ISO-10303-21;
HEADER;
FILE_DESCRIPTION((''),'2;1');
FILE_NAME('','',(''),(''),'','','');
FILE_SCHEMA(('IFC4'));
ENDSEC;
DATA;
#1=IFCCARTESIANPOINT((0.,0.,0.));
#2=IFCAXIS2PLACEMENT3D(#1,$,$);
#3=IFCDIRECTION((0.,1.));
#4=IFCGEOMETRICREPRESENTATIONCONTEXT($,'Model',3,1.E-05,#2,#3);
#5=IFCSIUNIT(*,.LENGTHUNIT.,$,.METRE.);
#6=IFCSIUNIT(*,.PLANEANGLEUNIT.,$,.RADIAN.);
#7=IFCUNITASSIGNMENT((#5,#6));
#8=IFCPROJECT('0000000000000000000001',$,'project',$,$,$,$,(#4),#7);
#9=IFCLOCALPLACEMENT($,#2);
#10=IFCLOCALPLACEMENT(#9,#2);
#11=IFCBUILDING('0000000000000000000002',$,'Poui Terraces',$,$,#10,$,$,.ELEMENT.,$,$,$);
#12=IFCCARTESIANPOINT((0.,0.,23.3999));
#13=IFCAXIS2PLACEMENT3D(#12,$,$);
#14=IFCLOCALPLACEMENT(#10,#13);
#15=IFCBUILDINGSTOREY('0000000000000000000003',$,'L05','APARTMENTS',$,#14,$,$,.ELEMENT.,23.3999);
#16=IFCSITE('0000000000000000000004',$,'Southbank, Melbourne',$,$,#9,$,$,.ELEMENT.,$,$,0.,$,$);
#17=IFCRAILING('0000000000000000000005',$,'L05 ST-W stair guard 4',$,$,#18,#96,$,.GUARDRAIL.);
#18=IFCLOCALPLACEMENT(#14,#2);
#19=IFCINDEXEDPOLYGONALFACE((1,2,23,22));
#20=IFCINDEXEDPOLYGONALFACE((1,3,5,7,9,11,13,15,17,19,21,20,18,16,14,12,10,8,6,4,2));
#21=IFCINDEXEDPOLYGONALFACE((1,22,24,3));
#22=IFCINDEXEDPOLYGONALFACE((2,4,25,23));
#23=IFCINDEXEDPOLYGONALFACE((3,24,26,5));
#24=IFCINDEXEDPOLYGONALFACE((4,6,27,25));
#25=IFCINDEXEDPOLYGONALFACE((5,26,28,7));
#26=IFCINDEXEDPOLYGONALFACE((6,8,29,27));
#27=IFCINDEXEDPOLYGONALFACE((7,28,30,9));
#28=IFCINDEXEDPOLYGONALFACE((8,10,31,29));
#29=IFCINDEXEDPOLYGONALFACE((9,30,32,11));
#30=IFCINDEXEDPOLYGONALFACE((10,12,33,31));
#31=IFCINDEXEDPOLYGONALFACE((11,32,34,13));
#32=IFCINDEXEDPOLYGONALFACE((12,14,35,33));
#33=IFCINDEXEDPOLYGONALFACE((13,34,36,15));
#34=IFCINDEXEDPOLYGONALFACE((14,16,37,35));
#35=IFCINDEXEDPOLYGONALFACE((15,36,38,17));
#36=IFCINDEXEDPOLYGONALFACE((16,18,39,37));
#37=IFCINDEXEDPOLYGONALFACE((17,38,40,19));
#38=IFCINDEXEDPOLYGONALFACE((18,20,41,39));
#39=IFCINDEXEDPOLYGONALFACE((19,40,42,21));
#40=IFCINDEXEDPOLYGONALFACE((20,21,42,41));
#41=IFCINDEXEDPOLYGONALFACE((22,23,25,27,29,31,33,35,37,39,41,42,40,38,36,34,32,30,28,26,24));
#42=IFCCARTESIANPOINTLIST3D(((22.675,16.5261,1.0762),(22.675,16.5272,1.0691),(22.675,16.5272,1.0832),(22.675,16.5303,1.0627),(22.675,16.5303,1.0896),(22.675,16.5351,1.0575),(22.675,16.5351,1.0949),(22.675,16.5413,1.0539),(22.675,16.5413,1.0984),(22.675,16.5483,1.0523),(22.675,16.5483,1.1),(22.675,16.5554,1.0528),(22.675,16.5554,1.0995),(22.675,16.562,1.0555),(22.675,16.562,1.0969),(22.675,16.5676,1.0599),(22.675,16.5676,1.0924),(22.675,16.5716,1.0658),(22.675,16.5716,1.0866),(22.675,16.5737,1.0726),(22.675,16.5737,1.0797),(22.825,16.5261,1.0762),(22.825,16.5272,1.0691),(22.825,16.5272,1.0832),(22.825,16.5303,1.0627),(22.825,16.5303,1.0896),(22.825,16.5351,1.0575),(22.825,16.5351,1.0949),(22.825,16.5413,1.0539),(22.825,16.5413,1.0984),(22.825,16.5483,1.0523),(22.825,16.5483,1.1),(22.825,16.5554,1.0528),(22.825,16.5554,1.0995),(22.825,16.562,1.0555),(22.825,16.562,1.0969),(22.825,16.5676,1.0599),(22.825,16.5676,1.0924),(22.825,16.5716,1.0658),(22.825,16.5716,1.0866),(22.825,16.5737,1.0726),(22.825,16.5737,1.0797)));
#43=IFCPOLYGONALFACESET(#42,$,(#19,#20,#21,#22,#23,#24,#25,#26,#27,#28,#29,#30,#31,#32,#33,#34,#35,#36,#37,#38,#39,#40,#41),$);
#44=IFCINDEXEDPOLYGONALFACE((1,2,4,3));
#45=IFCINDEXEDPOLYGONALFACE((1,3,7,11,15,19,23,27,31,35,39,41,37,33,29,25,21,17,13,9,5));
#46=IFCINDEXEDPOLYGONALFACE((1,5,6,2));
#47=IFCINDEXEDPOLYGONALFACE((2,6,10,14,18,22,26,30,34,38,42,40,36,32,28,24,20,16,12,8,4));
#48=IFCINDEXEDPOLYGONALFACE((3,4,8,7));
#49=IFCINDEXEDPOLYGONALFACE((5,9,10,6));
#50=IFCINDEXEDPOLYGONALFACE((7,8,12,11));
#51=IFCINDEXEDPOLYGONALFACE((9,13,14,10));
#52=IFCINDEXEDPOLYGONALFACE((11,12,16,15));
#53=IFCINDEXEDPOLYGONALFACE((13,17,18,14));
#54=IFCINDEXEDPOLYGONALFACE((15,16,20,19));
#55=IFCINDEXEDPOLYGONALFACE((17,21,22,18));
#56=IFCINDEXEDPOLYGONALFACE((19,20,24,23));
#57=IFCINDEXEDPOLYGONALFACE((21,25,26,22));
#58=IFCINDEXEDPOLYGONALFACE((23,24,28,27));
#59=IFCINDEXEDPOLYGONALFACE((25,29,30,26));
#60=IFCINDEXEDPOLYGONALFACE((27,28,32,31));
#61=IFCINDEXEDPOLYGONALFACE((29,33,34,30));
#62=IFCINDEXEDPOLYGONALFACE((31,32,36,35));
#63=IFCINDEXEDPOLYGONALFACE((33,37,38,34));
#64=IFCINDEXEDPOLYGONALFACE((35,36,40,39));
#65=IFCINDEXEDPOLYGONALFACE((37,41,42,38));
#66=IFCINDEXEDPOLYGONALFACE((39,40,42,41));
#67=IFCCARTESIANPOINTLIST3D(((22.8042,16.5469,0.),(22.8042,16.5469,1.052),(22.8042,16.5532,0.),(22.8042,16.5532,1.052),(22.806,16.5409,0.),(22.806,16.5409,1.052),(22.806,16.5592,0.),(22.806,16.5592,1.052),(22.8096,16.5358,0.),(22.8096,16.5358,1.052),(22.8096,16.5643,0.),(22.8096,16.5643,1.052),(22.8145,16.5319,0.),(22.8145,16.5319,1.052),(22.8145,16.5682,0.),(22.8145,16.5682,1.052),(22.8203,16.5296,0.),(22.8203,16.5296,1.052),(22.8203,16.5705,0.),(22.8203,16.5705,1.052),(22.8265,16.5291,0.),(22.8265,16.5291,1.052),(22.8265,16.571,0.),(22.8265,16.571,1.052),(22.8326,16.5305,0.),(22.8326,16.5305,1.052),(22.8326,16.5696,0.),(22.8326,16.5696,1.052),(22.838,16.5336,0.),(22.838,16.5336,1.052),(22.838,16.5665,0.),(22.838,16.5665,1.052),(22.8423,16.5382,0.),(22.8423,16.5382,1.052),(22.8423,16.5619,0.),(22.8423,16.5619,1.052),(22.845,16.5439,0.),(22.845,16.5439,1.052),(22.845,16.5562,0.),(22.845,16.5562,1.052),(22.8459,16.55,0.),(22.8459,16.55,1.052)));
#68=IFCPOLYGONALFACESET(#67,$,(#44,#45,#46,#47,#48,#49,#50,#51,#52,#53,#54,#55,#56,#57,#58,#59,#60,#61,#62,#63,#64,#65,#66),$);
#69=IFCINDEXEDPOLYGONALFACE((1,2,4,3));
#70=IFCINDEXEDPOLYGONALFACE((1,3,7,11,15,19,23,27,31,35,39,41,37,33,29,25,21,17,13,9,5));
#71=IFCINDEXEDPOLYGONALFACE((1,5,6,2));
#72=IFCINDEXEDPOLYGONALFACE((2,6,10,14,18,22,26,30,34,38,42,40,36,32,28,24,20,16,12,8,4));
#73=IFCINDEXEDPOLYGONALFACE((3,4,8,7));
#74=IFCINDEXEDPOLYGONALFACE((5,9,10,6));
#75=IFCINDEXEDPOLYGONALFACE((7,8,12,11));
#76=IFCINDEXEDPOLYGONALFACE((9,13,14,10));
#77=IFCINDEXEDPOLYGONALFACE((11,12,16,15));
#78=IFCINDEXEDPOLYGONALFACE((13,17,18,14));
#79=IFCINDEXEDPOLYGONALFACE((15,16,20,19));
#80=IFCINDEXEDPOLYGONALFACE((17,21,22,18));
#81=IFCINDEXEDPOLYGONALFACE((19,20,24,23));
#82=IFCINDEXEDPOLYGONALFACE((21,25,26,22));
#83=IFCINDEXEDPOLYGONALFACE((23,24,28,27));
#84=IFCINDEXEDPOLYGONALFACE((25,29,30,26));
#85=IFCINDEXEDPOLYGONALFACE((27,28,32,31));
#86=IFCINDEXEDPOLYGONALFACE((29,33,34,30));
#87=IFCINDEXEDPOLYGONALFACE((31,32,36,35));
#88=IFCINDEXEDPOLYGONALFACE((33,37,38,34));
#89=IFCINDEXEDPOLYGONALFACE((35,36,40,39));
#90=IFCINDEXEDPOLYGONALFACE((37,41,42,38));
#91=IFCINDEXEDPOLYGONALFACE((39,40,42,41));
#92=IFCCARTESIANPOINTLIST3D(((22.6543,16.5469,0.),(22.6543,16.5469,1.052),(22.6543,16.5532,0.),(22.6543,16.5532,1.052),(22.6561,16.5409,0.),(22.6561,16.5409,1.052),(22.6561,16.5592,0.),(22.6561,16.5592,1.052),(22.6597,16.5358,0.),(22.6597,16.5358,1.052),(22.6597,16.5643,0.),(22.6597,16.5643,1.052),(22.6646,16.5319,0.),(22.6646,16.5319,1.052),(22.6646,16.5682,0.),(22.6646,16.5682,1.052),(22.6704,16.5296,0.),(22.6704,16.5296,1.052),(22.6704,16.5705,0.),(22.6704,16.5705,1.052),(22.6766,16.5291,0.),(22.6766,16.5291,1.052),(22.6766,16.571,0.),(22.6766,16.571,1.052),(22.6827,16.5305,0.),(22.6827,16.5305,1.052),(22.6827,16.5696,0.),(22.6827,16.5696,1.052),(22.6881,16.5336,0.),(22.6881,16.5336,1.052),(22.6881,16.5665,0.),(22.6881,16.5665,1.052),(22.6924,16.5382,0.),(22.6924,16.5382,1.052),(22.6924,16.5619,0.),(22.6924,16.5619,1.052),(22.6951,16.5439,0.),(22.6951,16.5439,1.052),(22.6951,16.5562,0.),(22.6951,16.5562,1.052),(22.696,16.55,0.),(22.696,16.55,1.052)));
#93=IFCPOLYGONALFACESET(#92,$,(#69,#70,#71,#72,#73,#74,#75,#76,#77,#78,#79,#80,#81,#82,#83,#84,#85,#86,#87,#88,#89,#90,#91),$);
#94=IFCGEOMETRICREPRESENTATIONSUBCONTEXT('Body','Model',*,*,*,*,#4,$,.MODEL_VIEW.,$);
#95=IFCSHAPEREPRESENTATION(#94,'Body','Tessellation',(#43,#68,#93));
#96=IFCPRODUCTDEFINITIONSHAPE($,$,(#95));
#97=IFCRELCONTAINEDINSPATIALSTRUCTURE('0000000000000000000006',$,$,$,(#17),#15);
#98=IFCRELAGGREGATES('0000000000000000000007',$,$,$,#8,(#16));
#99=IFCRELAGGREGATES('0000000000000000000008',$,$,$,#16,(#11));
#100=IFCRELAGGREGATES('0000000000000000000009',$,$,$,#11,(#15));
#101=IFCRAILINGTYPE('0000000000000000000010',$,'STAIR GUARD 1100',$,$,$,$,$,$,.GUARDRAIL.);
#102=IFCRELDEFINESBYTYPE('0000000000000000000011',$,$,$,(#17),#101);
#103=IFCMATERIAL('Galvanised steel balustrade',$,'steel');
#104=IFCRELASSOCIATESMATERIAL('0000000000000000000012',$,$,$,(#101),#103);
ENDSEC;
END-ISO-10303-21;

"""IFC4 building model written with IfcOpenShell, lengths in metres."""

from ifc_helpers import new_model, si_unit, direction, frame, origin, origin_2d, place, context, subcontext, project, spatial, circle, extrude, material, type_object, element, save


model = new_model("IFC4")

# Units and contexts
model_context = context("Model", 3, precision=1e-05, world=origin(), true_north=direction((0.0, 1.0)))
body_context = subcontext(model_context, "Body", "Model", "MODEL_VIEW")
ifc_project = project(units=[si_unit("LENGTHUNIT", "METRE"), si_unit("PLANEANGLEUNIT", "RADIAN")], contexts=[model_context])

# Site, building, storey
site_placement = place(None, origin())
site = spatial("IfcSite", under=ifc_project, at=site_placement, Name="Southbank, Melbourne", CompositionType="ELEMENT", RefElevation=0.0)
building_placement = place(site_placement, origin())
building = spatial("IfcBuilding", under=site, at=building_placement, Name="Poui Terraces", CompositionType="ELEMENT")
storey_placement = place(building_placement, frame((0.0, 0.0, 23.3999)))
storey = spatial("IfcBuildingStorey", under=building, at=storey_placement, Name="L05", Description="APARTMENTS", CompositionType="ELEMENT", Elevation=23.3999)

# Railing
ifc_material_1 = material(Name="Galvanised steel balustrade", Category="steel")
railing_type_1 = type_object("IfcRailingType", Name="STAIR GUARD 1100", PredefinedType="GUARDRAIL", material=ifc_material_1)
railing_1_placement = place(storey_placement, frame((22.825, 16.55, 0.0)))
element("IfcRailing", 1, at=railing_1_placement, inside=storey, type_object=railing_type_1, Name="L05 ST-W stair guard 4", PredefinedType="GUARDRAIL", context=body_context, shape_type="SweptSolid", body=[
    extrude(circle(Radius=0.0239, at=origin_2d()), frame((0.0, 0.0, 1.0762), z_axis=(-1.0, 0.0, 0.0), x_axis=(0.0, -1.0, 0.0)), (0.0, 0.0, 1.0), 0.1499),
    extrude(circle(Radius=0.021, at=origin_2d()), origin(), (0.0, 0.0, 1.0), 1.052),
    extrude(circle(Radius=0.021, at=origin_2d()), frame((-0.1499, 0.0, 0.0)), (0.0, 0.0, 1.0), 1.052),
])

save(model, "model.ifc")
